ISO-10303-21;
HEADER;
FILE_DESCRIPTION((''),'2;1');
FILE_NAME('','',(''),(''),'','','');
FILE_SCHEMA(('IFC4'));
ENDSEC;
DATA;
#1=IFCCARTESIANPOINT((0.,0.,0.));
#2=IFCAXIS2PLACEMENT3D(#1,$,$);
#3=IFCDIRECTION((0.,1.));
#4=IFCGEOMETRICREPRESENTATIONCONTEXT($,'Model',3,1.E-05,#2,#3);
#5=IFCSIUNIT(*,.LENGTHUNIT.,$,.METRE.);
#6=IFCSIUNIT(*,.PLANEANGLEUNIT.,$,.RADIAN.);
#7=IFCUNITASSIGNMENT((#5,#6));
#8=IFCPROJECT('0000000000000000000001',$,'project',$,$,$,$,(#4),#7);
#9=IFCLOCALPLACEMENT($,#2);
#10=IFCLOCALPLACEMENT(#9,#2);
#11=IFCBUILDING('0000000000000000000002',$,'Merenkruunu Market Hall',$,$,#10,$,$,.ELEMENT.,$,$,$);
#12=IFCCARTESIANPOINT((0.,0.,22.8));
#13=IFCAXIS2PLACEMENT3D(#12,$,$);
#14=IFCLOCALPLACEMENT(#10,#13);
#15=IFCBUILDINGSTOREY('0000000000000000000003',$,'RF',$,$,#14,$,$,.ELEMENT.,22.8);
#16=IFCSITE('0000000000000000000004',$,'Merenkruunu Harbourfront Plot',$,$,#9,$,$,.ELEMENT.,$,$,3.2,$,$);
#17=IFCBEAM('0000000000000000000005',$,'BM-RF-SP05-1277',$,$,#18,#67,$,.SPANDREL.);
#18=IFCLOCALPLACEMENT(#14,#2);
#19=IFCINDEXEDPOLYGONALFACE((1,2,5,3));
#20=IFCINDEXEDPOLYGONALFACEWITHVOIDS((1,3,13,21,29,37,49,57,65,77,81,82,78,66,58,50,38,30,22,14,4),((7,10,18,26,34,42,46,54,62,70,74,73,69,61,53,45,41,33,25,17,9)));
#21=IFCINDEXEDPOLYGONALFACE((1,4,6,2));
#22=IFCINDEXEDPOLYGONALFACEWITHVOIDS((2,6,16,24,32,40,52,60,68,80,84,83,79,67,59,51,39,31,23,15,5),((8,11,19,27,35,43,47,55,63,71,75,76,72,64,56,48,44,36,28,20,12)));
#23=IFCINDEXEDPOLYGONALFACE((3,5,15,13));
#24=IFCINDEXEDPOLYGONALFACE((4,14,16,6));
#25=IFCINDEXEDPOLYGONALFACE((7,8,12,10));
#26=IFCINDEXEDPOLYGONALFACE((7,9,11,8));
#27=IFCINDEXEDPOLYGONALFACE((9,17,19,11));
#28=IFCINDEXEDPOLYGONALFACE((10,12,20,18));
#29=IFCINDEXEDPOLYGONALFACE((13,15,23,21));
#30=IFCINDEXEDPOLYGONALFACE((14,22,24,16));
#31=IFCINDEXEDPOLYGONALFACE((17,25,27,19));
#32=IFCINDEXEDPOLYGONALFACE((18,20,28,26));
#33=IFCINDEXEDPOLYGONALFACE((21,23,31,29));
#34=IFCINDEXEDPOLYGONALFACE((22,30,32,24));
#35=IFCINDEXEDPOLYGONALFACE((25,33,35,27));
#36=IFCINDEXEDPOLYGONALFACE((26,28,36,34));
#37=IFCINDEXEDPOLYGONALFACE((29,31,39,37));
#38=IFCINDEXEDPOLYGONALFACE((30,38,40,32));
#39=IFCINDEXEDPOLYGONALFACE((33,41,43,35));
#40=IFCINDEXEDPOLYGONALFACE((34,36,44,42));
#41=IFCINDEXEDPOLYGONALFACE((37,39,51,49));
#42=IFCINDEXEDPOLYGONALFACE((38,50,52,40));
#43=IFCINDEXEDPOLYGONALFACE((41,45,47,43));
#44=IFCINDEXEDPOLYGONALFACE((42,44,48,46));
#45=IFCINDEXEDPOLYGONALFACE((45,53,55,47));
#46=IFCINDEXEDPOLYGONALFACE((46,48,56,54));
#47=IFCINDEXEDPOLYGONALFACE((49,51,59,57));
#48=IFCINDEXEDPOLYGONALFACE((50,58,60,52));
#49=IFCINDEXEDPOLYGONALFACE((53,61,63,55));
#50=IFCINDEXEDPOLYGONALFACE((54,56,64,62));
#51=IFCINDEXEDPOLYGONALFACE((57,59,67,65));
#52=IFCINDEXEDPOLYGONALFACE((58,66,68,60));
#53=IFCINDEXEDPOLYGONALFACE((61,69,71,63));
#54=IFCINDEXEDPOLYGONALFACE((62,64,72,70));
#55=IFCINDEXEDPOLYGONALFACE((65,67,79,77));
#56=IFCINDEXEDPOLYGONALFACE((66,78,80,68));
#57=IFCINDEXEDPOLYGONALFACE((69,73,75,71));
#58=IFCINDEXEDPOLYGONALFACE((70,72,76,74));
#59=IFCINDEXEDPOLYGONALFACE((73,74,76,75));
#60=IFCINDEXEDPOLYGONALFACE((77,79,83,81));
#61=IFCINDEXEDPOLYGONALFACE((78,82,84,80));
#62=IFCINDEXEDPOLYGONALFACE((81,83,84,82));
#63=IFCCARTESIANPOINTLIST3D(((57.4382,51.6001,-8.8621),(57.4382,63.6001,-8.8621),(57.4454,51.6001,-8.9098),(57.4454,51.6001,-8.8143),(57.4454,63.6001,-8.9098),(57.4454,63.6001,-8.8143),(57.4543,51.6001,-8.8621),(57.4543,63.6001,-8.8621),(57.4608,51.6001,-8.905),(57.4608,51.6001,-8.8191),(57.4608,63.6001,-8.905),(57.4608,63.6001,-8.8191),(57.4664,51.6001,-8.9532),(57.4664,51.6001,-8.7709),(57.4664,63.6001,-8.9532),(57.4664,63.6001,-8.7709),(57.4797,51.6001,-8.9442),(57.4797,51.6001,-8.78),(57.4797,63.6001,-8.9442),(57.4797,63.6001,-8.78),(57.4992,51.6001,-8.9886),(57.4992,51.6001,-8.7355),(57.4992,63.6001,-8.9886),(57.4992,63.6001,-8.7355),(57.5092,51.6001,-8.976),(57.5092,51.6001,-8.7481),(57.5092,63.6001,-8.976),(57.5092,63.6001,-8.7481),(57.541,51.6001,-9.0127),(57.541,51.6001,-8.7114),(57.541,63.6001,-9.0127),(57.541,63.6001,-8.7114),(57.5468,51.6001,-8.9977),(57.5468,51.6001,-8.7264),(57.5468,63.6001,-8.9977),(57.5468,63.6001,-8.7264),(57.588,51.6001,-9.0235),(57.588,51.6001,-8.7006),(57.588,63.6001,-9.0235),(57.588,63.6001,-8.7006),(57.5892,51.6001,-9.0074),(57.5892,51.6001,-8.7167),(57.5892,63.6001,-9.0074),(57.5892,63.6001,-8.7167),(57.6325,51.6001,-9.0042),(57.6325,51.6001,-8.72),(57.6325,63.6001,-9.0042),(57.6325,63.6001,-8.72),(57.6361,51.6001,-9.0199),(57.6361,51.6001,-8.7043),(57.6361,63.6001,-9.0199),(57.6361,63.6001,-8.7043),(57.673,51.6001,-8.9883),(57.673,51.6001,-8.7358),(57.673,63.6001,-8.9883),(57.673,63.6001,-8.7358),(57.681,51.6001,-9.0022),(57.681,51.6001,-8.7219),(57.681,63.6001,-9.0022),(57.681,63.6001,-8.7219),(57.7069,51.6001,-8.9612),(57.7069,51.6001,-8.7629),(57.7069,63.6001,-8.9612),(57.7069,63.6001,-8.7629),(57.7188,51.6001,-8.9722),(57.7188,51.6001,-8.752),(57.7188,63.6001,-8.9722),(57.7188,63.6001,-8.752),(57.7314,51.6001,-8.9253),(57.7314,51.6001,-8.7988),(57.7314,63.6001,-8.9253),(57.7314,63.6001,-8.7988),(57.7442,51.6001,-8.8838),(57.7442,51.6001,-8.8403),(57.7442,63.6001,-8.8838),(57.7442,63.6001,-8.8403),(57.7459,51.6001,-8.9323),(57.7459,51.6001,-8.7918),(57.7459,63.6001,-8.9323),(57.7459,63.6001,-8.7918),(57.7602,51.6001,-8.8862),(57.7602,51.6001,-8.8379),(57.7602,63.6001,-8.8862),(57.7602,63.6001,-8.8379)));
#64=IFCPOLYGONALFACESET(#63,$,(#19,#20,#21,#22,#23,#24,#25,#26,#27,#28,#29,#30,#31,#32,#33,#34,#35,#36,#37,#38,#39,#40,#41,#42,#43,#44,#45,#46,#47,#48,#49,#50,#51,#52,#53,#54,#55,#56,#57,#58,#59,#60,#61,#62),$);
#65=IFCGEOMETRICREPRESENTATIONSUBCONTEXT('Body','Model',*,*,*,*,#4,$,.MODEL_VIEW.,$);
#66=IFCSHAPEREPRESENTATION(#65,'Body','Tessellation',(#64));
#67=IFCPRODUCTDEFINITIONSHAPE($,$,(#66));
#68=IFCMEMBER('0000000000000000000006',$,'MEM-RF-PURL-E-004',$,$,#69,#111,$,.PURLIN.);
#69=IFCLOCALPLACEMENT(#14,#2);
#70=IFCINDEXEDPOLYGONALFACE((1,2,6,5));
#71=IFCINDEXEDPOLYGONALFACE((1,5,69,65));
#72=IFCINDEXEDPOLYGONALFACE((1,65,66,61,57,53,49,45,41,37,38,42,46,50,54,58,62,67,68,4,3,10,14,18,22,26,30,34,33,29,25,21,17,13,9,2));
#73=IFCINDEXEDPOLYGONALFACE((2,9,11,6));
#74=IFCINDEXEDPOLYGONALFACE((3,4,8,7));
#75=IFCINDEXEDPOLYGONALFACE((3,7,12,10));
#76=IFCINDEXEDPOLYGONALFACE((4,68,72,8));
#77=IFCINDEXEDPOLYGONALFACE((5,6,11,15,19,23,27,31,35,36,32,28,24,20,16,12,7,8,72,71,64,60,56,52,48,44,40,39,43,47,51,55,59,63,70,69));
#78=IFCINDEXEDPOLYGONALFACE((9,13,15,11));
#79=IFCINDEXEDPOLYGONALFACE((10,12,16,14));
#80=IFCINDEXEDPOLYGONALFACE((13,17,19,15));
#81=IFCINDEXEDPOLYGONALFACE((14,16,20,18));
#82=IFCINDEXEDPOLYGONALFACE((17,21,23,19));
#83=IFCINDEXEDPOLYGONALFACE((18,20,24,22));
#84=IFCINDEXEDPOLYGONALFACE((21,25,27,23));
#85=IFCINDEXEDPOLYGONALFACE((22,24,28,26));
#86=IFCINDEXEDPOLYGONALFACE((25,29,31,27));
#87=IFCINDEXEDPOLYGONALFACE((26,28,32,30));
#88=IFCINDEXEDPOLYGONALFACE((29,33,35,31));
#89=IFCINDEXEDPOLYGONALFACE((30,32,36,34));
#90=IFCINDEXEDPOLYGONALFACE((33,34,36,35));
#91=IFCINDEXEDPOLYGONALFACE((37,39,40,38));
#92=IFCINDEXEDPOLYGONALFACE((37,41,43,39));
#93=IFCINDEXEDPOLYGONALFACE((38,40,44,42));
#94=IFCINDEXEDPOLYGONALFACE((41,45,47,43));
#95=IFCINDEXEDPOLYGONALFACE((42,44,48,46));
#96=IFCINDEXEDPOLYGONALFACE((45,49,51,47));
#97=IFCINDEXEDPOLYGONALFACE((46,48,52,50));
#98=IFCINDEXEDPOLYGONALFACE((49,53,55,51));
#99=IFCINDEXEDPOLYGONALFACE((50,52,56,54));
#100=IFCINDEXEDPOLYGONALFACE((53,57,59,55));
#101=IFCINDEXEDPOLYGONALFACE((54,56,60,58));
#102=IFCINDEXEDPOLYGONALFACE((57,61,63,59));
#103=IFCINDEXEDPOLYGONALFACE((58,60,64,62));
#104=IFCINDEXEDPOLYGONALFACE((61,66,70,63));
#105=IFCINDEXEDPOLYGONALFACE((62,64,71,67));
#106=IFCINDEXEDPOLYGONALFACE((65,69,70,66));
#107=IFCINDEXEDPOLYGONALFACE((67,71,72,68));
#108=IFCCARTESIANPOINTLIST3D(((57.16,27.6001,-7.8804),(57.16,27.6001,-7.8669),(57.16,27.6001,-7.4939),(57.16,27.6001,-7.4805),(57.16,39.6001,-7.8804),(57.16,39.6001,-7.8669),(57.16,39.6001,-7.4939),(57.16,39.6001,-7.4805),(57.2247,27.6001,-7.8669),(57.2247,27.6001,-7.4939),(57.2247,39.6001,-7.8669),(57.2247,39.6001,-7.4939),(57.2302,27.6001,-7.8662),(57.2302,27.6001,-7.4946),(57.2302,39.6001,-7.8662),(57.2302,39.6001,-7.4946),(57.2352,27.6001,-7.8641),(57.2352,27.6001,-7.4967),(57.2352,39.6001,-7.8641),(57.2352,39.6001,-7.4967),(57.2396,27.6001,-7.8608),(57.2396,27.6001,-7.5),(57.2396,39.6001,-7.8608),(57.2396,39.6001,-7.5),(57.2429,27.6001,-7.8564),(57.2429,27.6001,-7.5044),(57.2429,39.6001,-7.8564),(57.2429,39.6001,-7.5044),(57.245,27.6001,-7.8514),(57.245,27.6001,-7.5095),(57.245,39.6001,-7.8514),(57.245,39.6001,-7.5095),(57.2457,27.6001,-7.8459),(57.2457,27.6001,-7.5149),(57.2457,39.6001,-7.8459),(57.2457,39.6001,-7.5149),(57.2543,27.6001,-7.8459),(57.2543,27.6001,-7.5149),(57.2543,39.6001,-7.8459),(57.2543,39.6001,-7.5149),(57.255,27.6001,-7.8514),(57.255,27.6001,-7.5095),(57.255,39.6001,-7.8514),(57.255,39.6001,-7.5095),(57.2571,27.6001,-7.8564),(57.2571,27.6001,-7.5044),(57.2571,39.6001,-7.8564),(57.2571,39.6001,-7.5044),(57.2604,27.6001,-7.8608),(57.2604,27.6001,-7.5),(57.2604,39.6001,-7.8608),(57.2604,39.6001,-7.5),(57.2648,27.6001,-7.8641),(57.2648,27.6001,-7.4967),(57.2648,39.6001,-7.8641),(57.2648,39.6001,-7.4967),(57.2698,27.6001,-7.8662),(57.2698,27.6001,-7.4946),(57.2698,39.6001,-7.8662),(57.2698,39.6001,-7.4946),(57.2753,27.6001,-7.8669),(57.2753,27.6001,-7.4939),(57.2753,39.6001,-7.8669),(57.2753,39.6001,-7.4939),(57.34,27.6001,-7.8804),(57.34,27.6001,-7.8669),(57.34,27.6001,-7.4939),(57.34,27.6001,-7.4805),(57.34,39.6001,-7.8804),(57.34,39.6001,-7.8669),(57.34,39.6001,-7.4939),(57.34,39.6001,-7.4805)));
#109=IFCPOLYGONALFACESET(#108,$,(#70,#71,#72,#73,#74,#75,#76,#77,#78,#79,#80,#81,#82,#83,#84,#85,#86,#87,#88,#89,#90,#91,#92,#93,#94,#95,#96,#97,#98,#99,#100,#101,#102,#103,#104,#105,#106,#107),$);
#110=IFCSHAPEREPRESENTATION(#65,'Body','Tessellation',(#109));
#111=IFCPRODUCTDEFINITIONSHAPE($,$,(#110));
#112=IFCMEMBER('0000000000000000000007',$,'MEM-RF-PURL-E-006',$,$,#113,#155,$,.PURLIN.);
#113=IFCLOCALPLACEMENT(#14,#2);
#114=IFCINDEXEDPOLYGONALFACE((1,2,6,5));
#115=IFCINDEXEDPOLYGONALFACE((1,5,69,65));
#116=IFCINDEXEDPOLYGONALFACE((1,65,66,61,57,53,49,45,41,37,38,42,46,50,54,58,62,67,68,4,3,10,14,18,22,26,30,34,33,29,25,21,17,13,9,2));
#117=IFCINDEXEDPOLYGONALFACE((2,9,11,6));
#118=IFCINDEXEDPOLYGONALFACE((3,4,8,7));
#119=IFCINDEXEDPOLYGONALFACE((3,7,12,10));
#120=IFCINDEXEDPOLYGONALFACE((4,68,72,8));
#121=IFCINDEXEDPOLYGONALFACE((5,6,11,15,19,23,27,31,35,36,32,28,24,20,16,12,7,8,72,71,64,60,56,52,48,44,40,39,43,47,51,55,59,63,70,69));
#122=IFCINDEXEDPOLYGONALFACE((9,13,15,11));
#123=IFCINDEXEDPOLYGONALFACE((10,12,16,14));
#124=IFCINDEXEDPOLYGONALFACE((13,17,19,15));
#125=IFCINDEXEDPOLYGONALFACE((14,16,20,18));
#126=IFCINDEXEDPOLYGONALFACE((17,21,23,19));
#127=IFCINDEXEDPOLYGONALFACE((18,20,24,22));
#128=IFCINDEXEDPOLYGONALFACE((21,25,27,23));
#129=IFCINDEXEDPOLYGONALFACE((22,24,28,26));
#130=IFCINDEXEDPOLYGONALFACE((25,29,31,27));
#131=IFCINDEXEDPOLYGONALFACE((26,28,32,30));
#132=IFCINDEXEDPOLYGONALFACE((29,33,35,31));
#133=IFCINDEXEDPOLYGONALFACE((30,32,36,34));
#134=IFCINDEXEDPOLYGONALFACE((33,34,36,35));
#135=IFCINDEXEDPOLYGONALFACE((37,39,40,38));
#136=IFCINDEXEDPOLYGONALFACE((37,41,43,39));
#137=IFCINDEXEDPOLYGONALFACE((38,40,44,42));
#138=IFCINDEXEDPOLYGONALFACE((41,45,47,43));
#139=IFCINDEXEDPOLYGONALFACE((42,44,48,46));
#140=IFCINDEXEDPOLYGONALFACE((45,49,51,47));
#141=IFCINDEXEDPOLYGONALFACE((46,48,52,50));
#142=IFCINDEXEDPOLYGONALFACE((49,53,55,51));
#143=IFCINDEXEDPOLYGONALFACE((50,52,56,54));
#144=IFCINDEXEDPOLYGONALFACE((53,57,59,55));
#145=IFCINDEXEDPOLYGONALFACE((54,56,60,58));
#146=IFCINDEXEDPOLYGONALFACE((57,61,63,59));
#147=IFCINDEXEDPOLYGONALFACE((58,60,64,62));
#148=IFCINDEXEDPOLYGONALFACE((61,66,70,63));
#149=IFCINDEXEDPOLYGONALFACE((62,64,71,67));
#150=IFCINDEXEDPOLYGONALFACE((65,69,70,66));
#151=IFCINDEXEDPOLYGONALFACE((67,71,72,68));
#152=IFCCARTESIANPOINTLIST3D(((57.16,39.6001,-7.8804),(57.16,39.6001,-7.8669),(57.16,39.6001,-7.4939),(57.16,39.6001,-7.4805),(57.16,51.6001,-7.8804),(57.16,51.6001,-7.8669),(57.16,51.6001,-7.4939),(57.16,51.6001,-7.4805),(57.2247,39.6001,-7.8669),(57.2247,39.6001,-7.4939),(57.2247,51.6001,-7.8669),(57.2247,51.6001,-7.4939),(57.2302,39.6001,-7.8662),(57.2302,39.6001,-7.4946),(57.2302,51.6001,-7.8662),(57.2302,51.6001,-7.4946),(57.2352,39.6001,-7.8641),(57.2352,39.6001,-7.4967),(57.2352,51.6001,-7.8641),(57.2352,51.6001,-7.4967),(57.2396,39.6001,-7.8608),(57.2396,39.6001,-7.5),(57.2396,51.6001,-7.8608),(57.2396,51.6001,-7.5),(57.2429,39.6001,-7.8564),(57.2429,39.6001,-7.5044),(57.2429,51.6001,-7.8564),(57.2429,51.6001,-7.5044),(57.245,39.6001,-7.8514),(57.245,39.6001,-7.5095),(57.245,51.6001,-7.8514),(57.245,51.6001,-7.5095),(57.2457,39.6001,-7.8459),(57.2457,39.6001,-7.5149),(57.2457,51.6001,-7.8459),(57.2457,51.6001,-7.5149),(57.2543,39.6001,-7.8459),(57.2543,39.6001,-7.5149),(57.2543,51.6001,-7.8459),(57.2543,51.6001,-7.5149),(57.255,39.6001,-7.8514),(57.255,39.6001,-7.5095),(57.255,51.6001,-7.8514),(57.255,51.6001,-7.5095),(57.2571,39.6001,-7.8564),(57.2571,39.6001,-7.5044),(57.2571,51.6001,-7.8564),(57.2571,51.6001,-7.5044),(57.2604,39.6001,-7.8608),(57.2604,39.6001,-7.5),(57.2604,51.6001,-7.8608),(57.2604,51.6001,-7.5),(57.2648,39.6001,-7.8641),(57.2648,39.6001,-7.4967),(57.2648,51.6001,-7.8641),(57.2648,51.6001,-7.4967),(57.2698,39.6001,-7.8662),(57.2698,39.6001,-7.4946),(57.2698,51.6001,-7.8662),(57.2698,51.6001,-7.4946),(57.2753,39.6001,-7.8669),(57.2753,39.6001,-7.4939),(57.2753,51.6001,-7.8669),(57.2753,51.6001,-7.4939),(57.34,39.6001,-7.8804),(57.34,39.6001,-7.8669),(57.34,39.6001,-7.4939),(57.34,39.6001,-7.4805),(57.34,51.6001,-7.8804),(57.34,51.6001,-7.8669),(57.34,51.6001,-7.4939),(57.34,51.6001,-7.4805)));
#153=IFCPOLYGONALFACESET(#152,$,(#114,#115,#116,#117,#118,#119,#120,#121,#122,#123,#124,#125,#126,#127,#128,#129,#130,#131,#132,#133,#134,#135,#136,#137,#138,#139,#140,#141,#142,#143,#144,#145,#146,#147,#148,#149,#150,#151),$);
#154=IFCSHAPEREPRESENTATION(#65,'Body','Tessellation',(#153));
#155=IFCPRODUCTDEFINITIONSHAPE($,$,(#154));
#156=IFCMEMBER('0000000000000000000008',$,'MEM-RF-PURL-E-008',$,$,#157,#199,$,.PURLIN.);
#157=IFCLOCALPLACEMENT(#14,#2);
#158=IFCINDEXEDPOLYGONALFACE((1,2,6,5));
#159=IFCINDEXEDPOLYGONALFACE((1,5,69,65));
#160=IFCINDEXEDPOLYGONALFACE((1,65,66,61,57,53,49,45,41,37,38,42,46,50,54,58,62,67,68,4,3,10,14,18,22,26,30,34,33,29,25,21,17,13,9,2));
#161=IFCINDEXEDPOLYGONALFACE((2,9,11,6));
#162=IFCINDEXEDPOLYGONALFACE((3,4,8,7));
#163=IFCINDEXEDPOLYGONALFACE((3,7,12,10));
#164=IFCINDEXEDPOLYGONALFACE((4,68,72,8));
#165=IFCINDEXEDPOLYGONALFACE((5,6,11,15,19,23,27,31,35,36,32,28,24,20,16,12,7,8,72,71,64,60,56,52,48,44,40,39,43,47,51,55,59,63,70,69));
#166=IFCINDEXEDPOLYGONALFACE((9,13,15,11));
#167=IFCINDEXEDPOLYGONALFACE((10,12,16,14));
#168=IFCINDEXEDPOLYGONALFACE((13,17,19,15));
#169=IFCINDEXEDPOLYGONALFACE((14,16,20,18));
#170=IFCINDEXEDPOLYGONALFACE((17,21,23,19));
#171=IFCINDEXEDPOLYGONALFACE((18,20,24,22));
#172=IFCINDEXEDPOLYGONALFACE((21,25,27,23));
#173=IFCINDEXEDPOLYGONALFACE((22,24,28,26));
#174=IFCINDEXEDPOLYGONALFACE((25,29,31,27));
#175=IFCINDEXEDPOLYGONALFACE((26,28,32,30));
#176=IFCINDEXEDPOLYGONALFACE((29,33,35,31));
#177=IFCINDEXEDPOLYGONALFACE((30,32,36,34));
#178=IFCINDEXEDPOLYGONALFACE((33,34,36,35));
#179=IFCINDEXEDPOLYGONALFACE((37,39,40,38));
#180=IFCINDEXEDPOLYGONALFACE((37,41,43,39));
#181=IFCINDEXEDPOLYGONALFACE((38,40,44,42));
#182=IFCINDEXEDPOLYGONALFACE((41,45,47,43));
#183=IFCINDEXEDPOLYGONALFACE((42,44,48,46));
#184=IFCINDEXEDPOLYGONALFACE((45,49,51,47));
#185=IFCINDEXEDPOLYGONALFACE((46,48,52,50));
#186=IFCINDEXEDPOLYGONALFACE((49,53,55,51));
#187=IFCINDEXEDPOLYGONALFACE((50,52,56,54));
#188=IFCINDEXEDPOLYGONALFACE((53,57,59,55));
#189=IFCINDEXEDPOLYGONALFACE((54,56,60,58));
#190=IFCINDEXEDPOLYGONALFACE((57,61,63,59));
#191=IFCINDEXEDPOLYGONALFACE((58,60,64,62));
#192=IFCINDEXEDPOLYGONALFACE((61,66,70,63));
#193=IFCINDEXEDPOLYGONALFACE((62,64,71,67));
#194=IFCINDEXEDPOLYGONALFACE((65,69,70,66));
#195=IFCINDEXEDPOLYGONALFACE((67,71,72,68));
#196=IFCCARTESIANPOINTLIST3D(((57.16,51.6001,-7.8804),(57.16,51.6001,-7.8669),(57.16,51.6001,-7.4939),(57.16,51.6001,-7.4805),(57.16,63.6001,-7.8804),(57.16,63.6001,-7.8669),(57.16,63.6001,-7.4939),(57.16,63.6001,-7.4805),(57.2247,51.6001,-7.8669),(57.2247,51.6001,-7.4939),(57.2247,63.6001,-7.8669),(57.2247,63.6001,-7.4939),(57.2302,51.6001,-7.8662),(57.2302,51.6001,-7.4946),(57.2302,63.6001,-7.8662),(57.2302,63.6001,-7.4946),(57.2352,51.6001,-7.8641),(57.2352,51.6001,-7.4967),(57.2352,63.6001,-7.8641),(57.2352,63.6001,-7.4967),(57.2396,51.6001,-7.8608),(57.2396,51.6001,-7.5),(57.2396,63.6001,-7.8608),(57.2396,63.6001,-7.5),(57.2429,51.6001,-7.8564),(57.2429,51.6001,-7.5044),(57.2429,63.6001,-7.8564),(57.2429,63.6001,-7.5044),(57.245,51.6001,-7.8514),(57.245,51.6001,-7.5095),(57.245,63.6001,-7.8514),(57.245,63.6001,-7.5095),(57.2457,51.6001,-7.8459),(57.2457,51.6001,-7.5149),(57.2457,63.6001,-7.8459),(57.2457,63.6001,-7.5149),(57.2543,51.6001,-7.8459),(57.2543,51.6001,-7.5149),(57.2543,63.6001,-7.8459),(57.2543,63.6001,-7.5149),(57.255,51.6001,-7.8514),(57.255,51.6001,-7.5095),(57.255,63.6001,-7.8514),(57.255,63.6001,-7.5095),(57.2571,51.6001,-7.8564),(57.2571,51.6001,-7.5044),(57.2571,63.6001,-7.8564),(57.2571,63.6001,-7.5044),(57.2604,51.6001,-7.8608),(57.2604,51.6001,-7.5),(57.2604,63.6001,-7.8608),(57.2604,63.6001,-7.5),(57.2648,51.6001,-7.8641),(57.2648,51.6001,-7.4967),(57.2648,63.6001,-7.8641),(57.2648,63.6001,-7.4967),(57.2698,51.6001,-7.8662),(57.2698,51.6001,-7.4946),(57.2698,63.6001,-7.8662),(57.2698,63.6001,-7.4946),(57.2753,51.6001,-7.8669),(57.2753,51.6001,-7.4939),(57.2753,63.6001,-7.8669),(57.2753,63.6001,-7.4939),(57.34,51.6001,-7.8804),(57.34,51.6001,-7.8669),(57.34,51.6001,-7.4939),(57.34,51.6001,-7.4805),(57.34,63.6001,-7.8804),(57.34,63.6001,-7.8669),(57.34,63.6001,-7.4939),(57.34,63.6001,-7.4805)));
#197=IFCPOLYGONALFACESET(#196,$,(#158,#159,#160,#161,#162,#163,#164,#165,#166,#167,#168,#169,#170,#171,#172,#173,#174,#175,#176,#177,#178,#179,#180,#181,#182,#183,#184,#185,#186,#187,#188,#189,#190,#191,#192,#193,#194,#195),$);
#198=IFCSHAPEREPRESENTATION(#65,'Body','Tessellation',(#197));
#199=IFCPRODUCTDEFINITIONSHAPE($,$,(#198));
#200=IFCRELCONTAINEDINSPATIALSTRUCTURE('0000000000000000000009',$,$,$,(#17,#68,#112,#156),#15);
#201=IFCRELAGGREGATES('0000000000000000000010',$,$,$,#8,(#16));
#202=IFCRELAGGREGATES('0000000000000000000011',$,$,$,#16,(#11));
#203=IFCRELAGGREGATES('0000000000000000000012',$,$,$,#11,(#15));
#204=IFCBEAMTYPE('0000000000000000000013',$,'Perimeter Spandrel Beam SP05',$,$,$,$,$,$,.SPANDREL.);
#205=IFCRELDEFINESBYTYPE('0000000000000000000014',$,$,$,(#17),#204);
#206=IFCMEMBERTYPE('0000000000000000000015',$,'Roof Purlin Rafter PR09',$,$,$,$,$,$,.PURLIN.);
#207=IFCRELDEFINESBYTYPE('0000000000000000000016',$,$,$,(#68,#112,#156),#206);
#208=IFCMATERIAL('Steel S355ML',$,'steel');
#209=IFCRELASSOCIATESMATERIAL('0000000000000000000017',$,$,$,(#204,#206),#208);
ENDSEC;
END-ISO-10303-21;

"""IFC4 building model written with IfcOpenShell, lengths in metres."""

from ifc_helpers import new_model, si_unit, direction, frame, origin, origin_2d, place, context, subcontext, project, spatial, hollow_circle, i_section, extrude, material, material_profile, profile_set, type_object, element, save


model = new_model("IFC4")

# Units and contexts
model_context = context("Model", 3, precision=1e-05, world=origin(), true_north=direction((0.0, 1.0)))
body_context = subcontext(model_context, "Body", "Model", "MODEL_VIEW")
ifc_project = project(units=[si_unit("LENGTHUNIT", "METRE"), si_unit("PLANEANGLEUNIT", "RADIAN")], contexts=[model_context])

# Site, building, storey
site_placement = place(None, origin())
site = spatial("IfcSite", under=ifc_project, at=site_placement, Name="Merenkruunu Harbourfront Plot", CompositionType="ELEMENT", RefElevation=3.2)
building_placement = place(site_placement, origin())
building = spatial("IfcBuilding", under=site, at=building_placement, Name="Merenkruunu Market Hall", CompositionType="ELEMENT")
storey_placement = place(building_placement, frame((0.0, 0.0, 22.8)))
storey = spatial("IfcBuildingStorey", under=building, at=storey_placement, Name="RF", CompositionType="ELEMENT", Elevation=22.8)

# Beam
ifc_material_1 = material(Name="Steel S355ML", Category="steel")
ifc_material_profile_1 = material_profile(ifc_material_1, hollow_circle(Radius=0.1619, WallThickness=0.0161, at=origin_2d()), Name="CHS 323.9x16")
ifc_profile_set_1 = profile_set([ifc_material_profile_1], Name="Steel S355ML")
beam_type = type_object("IfcBeamType", Name="Perimeter Spandrel Beam SP05", PredefinedType="SPANDREL", material=ifc_profile_set_1)
for number, where, z_axis, x_axis, name in (
    (1, (57.6001, 51.6001, -8.8621), (0.0, 1.0, 0.0), (-1.0, 0.0, 0.0), "BM-RF-SP05-1277"),
):
    element("IfcBeam", number, at=place(storey_placement, frame(where, z_axis=z_axis, x_axis=x_axis)), inside=storey, type_object=beam_type, Name=name, PredefinedType="SPANDREL", context=body_context, shape_type="SweptSolid", body=[
        extrude(hollow_circle(Radius=0.1619, WallThickness=0.0161, at=origin_2d()), origin(), (0.0, 0.0, 1.0), 12.0),
    ])

# Members
ifc_material_profile_2 = material_profile(ifc_material_1, i_section(OverallWidth=0.1799, OverallDepth=0.3999, WebThickness=0.0085, FlangeThickness=0.0134, FilletRadius=0.021, at=origin_2d()), Name="IPE 400")
ifc_profile_set_2 = profile_set([ifc_material_profile_2], Name="Steel S355ML")
member_type_1 = type_object("IfcMemberType", Name="Roof Purlin Rafter PR09", PredefinedType="PURLIN", material=ifc_profile_set_2)
for number, where, z_axis, x_axis, name in (
    (2, (57.25, 27.6001, -7.6804), (0.0, 1.0, 0.0), (-1.0, 0.0, 0.0), "MEM-RF-PURL-E-004"),
    (3, (57.25, 39.6001, -7.6804), (0.0, 1.0, 0.0), (-1.0, 0.0, 0.0), "MEM-RF-PURL-E-006"),
    (4, (57.25, 51.6001, -7.6804), (0.0, 1.0, 0.0), (-1.0, 0.0, 0.0), "MEM-RF-PURL-E-008"),
):
    element("IfcMember", number, at=place(storey_placement, frame(where, z_axis=z_axis, x_axis=x_axis)), inside=storey, type_object=member_type_1, Name=name, PredefinedType="PURLIN", context=body_context, shape_type="SweptSolid", body=[
        extrude(i_section(OverallWidth=0.1799, OverallDepth=0.3999, WebThickness=0.0085, FlangeThickness=0.0134, FilletRadius=0.021, at=origin_2d()), origin(), (0.0, 0.0, 1.0), 12.0),
    ])

save(model, "model.ifc")
